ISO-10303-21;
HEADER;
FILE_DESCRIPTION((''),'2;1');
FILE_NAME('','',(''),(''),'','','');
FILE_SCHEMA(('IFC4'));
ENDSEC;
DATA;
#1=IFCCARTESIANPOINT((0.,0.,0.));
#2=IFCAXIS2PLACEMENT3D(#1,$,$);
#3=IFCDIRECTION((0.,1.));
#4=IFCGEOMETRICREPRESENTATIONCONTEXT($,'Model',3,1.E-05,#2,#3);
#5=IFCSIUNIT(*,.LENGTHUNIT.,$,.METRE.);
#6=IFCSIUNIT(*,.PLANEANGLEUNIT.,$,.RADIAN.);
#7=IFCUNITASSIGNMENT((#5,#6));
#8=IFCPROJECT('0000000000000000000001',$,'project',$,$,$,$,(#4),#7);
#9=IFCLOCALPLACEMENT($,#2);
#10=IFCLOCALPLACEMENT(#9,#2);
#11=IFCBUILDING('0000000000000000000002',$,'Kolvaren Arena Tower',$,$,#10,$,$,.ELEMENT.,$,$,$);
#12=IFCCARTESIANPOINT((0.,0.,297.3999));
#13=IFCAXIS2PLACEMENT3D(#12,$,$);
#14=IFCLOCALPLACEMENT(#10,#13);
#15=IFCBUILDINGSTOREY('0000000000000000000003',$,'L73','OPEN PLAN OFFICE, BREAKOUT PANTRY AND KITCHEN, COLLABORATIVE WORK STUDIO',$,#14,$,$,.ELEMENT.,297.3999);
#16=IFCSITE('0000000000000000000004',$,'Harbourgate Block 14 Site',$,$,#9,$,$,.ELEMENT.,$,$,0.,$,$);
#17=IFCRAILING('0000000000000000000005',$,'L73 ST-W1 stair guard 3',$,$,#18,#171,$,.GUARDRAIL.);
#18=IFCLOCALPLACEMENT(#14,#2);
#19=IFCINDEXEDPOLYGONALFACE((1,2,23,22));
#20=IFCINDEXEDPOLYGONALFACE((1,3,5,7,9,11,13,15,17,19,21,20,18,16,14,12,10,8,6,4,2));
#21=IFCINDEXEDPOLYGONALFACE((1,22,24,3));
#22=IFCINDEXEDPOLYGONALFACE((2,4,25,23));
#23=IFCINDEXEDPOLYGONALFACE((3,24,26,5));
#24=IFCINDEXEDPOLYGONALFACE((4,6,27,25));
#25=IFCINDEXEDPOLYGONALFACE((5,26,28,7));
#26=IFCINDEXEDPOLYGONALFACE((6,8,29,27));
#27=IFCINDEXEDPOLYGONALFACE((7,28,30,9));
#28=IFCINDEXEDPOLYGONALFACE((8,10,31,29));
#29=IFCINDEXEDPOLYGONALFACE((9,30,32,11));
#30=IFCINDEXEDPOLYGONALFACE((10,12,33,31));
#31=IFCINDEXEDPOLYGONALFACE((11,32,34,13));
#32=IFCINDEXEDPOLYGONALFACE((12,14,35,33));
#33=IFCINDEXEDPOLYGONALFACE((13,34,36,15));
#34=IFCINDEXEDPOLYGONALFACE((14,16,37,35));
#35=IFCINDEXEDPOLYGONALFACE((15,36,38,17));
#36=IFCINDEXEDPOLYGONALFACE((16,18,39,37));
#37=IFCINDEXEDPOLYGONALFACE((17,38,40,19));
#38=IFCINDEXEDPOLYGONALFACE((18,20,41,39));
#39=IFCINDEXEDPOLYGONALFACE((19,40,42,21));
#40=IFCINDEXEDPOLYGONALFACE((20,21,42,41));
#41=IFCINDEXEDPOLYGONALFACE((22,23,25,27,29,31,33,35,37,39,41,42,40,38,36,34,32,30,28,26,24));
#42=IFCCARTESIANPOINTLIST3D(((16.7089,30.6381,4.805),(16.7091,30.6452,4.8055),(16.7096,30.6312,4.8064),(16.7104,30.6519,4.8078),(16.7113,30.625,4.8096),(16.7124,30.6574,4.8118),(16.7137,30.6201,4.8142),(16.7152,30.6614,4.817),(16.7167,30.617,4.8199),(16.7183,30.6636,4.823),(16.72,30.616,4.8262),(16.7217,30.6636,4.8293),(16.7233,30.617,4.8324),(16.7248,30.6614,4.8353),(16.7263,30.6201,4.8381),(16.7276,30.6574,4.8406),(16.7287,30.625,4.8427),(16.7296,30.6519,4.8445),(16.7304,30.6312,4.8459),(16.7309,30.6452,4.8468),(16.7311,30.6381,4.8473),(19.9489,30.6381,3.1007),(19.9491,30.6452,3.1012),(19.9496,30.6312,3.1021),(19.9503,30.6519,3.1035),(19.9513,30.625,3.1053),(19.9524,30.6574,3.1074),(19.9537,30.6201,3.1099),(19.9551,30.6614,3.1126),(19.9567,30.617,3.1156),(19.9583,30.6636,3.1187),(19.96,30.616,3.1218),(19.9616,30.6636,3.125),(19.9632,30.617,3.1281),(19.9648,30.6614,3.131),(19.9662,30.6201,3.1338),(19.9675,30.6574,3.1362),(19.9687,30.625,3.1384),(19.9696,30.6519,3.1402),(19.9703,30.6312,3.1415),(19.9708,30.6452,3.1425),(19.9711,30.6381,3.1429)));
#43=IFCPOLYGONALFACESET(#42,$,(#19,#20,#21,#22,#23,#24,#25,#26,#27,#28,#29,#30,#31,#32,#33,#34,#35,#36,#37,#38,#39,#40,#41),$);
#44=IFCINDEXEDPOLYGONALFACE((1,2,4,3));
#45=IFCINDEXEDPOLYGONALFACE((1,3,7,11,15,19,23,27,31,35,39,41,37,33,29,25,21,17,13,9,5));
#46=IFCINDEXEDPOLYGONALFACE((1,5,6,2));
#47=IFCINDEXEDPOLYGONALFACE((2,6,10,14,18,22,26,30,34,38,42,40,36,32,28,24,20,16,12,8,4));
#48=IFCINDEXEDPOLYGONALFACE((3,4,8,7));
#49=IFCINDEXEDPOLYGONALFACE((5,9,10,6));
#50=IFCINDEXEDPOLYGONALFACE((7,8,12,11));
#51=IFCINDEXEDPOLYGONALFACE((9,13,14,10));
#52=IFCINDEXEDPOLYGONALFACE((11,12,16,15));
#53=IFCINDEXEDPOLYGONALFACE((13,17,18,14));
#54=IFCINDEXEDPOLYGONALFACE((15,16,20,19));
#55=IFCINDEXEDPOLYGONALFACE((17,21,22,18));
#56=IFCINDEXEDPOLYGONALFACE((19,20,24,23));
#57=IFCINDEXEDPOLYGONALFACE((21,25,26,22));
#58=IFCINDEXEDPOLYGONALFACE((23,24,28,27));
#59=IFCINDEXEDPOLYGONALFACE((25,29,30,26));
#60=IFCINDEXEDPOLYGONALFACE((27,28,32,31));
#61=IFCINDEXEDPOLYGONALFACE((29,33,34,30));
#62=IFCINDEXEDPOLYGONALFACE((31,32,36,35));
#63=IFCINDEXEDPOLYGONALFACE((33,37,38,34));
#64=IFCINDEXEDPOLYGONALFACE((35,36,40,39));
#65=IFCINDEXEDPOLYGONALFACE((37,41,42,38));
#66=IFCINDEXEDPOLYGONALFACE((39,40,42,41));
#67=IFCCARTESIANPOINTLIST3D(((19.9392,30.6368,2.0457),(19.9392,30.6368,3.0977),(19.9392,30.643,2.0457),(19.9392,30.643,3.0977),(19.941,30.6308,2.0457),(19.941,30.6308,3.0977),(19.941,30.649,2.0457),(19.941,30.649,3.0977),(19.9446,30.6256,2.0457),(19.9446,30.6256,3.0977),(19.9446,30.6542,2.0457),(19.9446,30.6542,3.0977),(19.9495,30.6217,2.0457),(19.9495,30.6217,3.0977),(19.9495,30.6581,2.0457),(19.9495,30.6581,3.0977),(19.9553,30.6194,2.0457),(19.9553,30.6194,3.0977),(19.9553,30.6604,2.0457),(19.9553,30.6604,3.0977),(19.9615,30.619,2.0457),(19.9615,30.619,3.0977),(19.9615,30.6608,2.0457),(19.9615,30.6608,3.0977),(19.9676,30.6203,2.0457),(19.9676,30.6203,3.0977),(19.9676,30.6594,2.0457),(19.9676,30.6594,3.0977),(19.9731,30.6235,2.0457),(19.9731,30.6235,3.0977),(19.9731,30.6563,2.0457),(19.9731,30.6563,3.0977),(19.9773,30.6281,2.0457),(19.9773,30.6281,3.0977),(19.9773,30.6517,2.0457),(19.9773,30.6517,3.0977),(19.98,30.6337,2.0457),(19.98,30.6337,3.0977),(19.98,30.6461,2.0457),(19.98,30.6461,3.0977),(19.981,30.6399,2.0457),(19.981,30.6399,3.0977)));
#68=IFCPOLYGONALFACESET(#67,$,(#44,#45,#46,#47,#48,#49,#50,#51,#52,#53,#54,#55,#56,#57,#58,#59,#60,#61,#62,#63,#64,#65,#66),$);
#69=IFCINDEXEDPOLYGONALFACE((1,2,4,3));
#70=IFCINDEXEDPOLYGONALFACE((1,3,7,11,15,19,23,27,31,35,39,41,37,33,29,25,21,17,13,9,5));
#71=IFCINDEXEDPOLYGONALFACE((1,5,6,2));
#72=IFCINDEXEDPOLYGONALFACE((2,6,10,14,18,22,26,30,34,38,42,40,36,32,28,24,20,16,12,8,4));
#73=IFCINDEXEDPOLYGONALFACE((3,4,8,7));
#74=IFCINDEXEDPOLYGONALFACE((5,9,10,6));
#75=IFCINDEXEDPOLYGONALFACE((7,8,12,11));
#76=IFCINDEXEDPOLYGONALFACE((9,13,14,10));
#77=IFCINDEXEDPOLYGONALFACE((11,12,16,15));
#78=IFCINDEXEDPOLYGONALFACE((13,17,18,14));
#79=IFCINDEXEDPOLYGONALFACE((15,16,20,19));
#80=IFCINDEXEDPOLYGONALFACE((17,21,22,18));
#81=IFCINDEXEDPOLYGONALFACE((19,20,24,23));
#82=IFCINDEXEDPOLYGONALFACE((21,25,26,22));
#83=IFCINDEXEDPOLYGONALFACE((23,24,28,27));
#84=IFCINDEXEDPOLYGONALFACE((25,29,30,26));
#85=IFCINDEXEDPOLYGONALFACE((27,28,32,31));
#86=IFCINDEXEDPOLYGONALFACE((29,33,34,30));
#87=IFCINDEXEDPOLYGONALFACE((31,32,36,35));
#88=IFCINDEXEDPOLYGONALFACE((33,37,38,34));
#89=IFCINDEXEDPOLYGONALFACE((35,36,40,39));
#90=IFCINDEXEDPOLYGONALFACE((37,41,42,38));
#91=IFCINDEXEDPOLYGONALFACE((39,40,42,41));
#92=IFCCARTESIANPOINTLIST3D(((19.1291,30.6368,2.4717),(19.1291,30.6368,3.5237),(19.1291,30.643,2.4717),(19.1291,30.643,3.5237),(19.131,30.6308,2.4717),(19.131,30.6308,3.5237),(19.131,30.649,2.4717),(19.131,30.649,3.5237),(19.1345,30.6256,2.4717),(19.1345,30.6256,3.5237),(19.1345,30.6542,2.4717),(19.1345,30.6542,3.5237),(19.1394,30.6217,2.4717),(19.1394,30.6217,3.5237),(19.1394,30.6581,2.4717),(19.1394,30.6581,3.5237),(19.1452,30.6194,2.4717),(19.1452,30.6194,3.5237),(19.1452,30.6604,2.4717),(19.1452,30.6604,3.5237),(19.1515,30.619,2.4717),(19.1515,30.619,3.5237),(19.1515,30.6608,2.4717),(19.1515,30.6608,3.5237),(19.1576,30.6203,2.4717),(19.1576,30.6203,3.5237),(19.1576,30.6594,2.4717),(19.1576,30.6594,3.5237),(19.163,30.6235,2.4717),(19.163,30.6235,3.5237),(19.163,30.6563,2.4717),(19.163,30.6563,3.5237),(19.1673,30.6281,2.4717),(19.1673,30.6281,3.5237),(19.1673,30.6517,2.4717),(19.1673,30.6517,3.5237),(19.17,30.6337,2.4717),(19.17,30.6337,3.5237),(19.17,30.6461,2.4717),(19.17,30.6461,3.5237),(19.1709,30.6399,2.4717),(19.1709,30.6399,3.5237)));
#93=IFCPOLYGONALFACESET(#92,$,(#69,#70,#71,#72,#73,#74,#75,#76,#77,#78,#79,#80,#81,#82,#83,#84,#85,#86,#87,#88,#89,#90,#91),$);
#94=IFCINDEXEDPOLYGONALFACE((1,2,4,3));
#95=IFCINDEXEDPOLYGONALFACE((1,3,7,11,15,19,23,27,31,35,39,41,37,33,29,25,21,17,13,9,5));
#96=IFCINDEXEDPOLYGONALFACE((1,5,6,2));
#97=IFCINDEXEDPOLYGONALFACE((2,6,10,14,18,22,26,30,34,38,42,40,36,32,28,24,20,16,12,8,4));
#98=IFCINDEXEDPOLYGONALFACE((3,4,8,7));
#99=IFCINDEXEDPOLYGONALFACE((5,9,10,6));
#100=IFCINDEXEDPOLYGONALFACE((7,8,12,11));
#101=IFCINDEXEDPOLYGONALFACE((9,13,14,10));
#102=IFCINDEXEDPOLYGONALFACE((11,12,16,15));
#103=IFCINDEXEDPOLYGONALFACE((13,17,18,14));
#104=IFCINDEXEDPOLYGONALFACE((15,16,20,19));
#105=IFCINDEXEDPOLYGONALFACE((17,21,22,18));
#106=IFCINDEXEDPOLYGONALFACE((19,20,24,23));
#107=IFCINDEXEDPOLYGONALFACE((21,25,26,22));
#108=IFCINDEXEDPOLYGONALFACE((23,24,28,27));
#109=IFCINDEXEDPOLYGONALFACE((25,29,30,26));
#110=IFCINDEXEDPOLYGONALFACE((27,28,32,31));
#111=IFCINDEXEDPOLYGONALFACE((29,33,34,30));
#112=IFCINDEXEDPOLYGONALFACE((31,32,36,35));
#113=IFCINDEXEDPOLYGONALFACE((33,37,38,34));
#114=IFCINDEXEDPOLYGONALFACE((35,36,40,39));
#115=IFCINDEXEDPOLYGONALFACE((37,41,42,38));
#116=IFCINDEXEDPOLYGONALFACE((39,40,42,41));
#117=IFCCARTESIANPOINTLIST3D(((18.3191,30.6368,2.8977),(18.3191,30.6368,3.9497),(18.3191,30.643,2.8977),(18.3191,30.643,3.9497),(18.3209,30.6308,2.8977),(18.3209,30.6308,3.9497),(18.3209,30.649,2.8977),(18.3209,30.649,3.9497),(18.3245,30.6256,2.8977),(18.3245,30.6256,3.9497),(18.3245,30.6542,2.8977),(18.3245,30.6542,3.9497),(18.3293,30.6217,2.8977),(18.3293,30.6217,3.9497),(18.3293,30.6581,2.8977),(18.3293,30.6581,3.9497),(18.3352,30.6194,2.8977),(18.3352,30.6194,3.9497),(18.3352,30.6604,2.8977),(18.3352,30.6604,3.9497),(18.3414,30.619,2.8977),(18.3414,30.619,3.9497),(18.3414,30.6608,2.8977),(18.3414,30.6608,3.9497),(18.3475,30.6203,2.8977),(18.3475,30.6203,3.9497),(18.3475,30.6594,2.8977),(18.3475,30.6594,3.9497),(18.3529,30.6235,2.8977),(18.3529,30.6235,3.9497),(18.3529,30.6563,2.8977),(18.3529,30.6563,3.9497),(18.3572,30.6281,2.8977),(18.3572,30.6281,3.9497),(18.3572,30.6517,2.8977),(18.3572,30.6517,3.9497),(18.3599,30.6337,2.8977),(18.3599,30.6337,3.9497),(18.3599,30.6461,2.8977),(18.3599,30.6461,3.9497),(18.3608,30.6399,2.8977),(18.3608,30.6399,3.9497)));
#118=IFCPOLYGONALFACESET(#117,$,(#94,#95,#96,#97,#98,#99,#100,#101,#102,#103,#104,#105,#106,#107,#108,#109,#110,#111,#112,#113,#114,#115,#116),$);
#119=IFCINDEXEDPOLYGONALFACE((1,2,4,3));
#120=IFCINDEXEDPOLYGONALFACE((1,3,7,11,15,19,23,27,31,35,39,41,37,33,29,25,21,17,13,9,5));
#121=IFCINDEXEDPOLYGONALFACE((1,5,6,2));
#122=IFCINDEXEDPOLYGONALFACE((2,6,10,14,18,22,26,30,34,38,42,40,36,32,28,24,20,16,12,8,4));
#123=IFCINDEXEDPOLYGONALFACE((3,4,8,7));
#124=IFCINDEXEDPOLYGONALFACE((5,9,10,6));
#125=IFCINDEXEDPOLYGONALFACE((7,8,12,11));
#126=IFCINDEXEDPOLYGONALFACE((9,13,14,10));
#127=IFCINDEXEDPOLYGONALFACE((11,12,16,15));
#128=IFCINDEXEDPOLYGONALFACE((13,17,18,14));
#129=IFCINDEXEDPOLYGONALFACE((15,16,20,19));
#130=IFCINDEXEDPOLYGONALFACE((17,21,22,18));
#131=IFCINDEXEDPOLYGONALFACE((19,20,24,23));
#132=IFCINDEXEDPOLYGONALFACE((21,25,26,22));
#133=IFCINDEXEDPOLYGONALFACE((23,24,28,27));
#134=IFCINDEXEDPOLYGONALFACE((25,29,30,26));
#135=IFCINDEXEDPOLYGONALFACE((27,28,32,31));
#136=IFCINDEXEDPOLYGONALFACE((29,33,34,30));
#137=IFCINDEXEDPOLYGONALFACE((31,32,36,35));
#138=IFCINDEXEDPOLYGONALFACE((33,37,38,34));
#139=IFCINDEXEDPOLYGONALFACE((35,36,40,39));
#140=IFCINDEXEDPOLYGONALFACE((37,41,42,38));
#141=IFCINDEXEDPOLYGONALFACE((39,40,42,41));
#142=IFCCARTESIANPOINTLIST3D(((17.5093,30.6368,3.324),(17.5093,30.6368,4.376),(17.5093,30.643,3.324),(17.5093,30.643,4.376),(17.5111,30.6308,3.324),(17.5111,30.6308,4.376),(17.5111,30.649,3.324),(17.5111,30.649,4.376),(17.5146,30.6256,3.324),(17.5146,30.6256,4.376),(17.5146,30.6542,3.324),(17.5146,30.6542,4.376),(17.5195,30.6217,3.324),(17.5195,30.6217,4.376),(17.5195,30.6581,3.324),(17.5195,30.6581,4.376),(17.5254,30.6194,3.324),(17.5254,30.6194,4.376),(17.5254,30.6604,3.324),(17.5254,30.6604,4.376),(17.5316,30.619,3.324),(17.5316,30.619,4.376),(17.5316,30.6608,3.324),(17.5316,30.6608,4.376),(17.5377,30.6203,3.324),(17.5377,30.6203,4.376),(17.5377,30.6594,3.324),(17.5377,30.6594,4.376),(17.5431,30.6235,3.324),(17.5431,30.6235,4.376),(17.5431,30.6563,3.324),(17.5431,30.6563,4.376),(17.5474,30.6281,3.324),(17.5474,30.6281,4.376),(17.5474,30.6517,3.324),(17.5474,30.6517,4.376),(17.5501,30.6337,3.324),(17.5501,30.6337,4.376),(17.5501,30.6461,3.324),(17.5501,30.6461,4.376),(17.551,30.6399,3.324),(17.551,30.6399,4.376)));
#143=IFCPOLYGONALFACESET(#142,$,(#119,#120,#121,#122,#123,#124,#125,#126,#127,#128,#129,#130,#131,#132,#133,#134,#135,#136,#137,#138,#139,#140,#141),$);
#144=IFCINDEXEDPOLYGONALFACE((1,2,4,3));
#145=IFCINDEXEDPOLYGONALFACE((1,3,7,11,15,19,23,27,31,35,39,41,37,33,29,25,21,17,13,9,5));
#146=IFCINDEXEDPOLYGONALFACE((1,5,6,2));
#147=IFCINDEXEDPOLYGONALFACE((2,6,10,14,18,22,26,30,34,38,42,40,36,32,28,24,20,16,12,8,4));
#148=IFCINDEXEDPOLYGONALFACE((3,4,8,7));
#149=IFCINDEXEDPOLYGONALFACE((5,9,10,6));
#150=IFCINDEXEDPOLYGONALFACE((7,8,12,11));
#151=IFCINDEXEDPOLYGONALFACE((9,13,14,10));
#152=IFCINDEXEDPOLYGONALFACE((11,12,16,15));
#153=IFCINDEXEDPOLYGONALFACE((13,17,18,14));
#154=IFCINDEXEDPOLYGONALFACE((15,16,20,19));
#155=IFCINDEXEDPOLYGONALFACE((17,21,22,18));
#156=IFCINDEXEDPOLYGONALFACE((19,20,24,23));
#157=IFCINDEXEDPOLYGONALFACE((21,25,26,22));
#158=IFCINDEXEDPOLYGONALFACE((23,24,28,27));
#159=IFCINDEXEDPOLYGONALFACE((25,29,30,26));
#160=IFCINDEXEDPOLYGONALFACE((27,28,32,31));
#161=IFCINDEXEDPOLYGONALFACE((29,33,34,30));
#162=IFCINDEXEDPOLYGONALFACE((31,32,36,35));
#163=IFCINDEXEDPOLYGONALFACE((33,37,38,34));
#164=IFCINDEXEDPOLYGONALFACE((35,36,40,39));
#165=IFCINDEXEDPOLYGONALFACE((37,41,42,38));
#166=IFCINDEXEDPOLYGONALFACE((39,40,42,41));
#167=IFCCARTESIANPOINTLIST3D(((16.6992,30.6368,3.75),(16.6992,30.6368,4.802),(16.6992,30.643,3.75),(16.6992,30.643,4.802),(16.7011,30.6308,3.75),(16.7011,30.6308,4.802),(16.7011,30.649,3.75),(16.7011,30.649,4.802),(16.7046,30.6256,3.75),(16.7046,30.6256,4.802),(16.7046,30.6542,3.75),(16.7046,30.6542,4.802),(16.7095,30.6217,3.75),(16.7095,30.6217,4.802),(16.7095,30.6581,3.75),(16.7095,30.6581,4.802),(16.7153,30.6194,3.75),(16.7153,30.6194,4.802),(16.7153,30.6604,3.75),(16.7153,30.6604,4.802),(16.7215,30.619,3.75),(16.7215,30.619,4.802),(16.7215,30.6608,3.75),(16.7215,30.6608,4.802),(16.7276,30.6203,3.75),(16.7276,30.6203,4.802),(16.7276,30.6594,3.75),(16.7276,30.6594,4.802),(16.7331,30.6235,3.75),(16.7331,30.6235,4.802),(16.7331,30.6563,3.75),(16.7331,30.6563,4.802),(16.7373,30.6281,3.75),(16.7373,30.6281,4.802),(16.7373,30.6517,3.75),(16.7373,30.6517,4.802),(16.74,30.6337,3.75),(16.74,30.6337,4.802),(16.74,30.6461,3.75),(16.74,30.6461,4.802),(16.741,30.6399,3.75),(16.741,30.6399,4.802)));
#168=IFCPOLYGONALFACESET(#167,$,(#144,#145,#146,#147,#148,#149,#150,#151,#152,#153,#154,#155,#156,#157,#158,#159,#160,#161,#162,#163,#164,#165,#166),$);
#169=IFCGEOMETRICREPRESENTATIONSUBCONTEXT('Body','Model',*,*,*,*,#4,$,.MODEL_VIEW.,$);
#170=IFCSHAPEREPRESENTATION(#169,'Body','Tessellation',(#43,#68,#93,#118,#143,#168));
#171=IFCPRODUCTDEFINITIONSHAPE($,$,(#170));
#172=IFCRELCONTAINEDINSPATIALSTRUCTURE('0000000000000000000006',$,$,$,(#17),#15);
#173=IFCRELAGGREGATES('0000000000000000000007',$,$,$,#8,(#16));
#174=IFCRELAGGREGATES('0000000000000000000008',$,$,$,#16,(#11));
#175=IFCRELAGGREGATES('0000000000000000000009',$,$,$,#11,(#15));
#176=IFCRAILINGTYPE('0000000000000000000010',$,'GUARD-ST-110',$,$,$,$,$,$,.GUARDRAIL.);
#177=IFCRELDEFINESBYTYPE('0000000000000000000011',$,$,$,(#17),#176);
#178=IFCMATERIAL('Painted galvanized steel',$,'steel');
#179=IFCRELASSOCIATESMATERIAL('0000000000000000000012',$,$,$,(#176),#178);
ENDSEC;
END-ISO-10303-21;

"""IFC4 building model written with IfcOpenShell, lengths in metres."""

from ifc_helpers import new_model, si_unit, direction, frame, origin, origin_2d, place, context, subcontext, project, spatial, circle, extrude, material, type_object, element, save


model = new_model("IFC4")

# Units and contexts
model_context = context("Model", 3, precision=1e-05, world=origin(), true_north=direction((0.0, 1.0)))
body_context = subcontext(model_context, "Body", "Model", "MODEL_VIEW")
ifc_project = project(units=[si_unit("LENGTHUNIT", "METRE"), si_unit("PLANEANGLEUNIT", "RADIAN")], contexts=[model_context])

# Site, building, storey
site_placement = place(None, origin())
site = spatial("IfcSite", under=ifc_project, at=site_placement, Name="Harbourgate Block 14 Site", CompositionType="ELEMENT", RefElevation=0.0)
building_placement = place(site_placement, origin())
building = spatial("IfcBuilding", under=site, at=building_placement, Name="Kolvaren Arena Tower", CompositionType="ELEMENT")
storey_placement = place(building_placement, frame((0.0, 0.0, 297.3999)))
storey = spatial("IfcBuildingStorey", under=building, at=storey_placement, Name="L73", Description="OPEN PLAN OFFICE, BREAKOUT PANTRY AND KITCHEN, COLLABORATIVE WORK STUDIO", CompositionType="ELEMENT", Elevation=297.3999)

# Railing
ifc_material_1 = material(Name="Painted galvanized steel", Category="steel")
railing_type_1 = type_object("IfcRailingType", Name="GUARD-ST-110", PredefinedType="GUARDRAIL", material=ifc_material_1)
railing_1_placement = place(storey_placement, frame((19.96, 30.6399, 2.0457)))
element("IfcRailing", 1, at=railing_1_placement, inside=storey, type_object=railing_type_1, Name="L73 ST-W1 stair guard 3", PredefinedType="GUARDRAIL", context=body_context, shape_type="SweptSolid", body=[
    extrude(circle(Radius=0.0239, at=origin_2d()), frame((0.0, 0.0, 1.0762), z_axis=(-0.885021, 0.0, 0.465551), x_axis=(0.0, -1.0, 0.0)), (0.0, 0.0, 1.0), 3.6609),
    extrude(circle(Radius=0.021, at=origin_2d()), origin(), (0.0, 0.0, 1.0), 1.052),
    extrude(circle(Radius=0.021, at=origin_2d()), frame((-0.8101, 0.0, 0.426)), (0.0, 0.0, 1.0), 1.052),
    extrude(circle(Radius=0.021, at=origin_2d()), frame((-1.6201, 0.0, 0.8521)), (0.0, 0.0, 1.0), 1.052),
    extrude(circle(Radius=0.021, at=origin_2d()), frame((-2.4299, 0.0, 1.2783)), (0.0, 0.0, 1.0), 1.052),
    extrude(circle(Radius=0.021, at=origin_2d()), frame((-3.24, 0.0, 1.7043)), (0.0, 0.0, 1.0), 1.052),
])

save(model, "model.ifc")
